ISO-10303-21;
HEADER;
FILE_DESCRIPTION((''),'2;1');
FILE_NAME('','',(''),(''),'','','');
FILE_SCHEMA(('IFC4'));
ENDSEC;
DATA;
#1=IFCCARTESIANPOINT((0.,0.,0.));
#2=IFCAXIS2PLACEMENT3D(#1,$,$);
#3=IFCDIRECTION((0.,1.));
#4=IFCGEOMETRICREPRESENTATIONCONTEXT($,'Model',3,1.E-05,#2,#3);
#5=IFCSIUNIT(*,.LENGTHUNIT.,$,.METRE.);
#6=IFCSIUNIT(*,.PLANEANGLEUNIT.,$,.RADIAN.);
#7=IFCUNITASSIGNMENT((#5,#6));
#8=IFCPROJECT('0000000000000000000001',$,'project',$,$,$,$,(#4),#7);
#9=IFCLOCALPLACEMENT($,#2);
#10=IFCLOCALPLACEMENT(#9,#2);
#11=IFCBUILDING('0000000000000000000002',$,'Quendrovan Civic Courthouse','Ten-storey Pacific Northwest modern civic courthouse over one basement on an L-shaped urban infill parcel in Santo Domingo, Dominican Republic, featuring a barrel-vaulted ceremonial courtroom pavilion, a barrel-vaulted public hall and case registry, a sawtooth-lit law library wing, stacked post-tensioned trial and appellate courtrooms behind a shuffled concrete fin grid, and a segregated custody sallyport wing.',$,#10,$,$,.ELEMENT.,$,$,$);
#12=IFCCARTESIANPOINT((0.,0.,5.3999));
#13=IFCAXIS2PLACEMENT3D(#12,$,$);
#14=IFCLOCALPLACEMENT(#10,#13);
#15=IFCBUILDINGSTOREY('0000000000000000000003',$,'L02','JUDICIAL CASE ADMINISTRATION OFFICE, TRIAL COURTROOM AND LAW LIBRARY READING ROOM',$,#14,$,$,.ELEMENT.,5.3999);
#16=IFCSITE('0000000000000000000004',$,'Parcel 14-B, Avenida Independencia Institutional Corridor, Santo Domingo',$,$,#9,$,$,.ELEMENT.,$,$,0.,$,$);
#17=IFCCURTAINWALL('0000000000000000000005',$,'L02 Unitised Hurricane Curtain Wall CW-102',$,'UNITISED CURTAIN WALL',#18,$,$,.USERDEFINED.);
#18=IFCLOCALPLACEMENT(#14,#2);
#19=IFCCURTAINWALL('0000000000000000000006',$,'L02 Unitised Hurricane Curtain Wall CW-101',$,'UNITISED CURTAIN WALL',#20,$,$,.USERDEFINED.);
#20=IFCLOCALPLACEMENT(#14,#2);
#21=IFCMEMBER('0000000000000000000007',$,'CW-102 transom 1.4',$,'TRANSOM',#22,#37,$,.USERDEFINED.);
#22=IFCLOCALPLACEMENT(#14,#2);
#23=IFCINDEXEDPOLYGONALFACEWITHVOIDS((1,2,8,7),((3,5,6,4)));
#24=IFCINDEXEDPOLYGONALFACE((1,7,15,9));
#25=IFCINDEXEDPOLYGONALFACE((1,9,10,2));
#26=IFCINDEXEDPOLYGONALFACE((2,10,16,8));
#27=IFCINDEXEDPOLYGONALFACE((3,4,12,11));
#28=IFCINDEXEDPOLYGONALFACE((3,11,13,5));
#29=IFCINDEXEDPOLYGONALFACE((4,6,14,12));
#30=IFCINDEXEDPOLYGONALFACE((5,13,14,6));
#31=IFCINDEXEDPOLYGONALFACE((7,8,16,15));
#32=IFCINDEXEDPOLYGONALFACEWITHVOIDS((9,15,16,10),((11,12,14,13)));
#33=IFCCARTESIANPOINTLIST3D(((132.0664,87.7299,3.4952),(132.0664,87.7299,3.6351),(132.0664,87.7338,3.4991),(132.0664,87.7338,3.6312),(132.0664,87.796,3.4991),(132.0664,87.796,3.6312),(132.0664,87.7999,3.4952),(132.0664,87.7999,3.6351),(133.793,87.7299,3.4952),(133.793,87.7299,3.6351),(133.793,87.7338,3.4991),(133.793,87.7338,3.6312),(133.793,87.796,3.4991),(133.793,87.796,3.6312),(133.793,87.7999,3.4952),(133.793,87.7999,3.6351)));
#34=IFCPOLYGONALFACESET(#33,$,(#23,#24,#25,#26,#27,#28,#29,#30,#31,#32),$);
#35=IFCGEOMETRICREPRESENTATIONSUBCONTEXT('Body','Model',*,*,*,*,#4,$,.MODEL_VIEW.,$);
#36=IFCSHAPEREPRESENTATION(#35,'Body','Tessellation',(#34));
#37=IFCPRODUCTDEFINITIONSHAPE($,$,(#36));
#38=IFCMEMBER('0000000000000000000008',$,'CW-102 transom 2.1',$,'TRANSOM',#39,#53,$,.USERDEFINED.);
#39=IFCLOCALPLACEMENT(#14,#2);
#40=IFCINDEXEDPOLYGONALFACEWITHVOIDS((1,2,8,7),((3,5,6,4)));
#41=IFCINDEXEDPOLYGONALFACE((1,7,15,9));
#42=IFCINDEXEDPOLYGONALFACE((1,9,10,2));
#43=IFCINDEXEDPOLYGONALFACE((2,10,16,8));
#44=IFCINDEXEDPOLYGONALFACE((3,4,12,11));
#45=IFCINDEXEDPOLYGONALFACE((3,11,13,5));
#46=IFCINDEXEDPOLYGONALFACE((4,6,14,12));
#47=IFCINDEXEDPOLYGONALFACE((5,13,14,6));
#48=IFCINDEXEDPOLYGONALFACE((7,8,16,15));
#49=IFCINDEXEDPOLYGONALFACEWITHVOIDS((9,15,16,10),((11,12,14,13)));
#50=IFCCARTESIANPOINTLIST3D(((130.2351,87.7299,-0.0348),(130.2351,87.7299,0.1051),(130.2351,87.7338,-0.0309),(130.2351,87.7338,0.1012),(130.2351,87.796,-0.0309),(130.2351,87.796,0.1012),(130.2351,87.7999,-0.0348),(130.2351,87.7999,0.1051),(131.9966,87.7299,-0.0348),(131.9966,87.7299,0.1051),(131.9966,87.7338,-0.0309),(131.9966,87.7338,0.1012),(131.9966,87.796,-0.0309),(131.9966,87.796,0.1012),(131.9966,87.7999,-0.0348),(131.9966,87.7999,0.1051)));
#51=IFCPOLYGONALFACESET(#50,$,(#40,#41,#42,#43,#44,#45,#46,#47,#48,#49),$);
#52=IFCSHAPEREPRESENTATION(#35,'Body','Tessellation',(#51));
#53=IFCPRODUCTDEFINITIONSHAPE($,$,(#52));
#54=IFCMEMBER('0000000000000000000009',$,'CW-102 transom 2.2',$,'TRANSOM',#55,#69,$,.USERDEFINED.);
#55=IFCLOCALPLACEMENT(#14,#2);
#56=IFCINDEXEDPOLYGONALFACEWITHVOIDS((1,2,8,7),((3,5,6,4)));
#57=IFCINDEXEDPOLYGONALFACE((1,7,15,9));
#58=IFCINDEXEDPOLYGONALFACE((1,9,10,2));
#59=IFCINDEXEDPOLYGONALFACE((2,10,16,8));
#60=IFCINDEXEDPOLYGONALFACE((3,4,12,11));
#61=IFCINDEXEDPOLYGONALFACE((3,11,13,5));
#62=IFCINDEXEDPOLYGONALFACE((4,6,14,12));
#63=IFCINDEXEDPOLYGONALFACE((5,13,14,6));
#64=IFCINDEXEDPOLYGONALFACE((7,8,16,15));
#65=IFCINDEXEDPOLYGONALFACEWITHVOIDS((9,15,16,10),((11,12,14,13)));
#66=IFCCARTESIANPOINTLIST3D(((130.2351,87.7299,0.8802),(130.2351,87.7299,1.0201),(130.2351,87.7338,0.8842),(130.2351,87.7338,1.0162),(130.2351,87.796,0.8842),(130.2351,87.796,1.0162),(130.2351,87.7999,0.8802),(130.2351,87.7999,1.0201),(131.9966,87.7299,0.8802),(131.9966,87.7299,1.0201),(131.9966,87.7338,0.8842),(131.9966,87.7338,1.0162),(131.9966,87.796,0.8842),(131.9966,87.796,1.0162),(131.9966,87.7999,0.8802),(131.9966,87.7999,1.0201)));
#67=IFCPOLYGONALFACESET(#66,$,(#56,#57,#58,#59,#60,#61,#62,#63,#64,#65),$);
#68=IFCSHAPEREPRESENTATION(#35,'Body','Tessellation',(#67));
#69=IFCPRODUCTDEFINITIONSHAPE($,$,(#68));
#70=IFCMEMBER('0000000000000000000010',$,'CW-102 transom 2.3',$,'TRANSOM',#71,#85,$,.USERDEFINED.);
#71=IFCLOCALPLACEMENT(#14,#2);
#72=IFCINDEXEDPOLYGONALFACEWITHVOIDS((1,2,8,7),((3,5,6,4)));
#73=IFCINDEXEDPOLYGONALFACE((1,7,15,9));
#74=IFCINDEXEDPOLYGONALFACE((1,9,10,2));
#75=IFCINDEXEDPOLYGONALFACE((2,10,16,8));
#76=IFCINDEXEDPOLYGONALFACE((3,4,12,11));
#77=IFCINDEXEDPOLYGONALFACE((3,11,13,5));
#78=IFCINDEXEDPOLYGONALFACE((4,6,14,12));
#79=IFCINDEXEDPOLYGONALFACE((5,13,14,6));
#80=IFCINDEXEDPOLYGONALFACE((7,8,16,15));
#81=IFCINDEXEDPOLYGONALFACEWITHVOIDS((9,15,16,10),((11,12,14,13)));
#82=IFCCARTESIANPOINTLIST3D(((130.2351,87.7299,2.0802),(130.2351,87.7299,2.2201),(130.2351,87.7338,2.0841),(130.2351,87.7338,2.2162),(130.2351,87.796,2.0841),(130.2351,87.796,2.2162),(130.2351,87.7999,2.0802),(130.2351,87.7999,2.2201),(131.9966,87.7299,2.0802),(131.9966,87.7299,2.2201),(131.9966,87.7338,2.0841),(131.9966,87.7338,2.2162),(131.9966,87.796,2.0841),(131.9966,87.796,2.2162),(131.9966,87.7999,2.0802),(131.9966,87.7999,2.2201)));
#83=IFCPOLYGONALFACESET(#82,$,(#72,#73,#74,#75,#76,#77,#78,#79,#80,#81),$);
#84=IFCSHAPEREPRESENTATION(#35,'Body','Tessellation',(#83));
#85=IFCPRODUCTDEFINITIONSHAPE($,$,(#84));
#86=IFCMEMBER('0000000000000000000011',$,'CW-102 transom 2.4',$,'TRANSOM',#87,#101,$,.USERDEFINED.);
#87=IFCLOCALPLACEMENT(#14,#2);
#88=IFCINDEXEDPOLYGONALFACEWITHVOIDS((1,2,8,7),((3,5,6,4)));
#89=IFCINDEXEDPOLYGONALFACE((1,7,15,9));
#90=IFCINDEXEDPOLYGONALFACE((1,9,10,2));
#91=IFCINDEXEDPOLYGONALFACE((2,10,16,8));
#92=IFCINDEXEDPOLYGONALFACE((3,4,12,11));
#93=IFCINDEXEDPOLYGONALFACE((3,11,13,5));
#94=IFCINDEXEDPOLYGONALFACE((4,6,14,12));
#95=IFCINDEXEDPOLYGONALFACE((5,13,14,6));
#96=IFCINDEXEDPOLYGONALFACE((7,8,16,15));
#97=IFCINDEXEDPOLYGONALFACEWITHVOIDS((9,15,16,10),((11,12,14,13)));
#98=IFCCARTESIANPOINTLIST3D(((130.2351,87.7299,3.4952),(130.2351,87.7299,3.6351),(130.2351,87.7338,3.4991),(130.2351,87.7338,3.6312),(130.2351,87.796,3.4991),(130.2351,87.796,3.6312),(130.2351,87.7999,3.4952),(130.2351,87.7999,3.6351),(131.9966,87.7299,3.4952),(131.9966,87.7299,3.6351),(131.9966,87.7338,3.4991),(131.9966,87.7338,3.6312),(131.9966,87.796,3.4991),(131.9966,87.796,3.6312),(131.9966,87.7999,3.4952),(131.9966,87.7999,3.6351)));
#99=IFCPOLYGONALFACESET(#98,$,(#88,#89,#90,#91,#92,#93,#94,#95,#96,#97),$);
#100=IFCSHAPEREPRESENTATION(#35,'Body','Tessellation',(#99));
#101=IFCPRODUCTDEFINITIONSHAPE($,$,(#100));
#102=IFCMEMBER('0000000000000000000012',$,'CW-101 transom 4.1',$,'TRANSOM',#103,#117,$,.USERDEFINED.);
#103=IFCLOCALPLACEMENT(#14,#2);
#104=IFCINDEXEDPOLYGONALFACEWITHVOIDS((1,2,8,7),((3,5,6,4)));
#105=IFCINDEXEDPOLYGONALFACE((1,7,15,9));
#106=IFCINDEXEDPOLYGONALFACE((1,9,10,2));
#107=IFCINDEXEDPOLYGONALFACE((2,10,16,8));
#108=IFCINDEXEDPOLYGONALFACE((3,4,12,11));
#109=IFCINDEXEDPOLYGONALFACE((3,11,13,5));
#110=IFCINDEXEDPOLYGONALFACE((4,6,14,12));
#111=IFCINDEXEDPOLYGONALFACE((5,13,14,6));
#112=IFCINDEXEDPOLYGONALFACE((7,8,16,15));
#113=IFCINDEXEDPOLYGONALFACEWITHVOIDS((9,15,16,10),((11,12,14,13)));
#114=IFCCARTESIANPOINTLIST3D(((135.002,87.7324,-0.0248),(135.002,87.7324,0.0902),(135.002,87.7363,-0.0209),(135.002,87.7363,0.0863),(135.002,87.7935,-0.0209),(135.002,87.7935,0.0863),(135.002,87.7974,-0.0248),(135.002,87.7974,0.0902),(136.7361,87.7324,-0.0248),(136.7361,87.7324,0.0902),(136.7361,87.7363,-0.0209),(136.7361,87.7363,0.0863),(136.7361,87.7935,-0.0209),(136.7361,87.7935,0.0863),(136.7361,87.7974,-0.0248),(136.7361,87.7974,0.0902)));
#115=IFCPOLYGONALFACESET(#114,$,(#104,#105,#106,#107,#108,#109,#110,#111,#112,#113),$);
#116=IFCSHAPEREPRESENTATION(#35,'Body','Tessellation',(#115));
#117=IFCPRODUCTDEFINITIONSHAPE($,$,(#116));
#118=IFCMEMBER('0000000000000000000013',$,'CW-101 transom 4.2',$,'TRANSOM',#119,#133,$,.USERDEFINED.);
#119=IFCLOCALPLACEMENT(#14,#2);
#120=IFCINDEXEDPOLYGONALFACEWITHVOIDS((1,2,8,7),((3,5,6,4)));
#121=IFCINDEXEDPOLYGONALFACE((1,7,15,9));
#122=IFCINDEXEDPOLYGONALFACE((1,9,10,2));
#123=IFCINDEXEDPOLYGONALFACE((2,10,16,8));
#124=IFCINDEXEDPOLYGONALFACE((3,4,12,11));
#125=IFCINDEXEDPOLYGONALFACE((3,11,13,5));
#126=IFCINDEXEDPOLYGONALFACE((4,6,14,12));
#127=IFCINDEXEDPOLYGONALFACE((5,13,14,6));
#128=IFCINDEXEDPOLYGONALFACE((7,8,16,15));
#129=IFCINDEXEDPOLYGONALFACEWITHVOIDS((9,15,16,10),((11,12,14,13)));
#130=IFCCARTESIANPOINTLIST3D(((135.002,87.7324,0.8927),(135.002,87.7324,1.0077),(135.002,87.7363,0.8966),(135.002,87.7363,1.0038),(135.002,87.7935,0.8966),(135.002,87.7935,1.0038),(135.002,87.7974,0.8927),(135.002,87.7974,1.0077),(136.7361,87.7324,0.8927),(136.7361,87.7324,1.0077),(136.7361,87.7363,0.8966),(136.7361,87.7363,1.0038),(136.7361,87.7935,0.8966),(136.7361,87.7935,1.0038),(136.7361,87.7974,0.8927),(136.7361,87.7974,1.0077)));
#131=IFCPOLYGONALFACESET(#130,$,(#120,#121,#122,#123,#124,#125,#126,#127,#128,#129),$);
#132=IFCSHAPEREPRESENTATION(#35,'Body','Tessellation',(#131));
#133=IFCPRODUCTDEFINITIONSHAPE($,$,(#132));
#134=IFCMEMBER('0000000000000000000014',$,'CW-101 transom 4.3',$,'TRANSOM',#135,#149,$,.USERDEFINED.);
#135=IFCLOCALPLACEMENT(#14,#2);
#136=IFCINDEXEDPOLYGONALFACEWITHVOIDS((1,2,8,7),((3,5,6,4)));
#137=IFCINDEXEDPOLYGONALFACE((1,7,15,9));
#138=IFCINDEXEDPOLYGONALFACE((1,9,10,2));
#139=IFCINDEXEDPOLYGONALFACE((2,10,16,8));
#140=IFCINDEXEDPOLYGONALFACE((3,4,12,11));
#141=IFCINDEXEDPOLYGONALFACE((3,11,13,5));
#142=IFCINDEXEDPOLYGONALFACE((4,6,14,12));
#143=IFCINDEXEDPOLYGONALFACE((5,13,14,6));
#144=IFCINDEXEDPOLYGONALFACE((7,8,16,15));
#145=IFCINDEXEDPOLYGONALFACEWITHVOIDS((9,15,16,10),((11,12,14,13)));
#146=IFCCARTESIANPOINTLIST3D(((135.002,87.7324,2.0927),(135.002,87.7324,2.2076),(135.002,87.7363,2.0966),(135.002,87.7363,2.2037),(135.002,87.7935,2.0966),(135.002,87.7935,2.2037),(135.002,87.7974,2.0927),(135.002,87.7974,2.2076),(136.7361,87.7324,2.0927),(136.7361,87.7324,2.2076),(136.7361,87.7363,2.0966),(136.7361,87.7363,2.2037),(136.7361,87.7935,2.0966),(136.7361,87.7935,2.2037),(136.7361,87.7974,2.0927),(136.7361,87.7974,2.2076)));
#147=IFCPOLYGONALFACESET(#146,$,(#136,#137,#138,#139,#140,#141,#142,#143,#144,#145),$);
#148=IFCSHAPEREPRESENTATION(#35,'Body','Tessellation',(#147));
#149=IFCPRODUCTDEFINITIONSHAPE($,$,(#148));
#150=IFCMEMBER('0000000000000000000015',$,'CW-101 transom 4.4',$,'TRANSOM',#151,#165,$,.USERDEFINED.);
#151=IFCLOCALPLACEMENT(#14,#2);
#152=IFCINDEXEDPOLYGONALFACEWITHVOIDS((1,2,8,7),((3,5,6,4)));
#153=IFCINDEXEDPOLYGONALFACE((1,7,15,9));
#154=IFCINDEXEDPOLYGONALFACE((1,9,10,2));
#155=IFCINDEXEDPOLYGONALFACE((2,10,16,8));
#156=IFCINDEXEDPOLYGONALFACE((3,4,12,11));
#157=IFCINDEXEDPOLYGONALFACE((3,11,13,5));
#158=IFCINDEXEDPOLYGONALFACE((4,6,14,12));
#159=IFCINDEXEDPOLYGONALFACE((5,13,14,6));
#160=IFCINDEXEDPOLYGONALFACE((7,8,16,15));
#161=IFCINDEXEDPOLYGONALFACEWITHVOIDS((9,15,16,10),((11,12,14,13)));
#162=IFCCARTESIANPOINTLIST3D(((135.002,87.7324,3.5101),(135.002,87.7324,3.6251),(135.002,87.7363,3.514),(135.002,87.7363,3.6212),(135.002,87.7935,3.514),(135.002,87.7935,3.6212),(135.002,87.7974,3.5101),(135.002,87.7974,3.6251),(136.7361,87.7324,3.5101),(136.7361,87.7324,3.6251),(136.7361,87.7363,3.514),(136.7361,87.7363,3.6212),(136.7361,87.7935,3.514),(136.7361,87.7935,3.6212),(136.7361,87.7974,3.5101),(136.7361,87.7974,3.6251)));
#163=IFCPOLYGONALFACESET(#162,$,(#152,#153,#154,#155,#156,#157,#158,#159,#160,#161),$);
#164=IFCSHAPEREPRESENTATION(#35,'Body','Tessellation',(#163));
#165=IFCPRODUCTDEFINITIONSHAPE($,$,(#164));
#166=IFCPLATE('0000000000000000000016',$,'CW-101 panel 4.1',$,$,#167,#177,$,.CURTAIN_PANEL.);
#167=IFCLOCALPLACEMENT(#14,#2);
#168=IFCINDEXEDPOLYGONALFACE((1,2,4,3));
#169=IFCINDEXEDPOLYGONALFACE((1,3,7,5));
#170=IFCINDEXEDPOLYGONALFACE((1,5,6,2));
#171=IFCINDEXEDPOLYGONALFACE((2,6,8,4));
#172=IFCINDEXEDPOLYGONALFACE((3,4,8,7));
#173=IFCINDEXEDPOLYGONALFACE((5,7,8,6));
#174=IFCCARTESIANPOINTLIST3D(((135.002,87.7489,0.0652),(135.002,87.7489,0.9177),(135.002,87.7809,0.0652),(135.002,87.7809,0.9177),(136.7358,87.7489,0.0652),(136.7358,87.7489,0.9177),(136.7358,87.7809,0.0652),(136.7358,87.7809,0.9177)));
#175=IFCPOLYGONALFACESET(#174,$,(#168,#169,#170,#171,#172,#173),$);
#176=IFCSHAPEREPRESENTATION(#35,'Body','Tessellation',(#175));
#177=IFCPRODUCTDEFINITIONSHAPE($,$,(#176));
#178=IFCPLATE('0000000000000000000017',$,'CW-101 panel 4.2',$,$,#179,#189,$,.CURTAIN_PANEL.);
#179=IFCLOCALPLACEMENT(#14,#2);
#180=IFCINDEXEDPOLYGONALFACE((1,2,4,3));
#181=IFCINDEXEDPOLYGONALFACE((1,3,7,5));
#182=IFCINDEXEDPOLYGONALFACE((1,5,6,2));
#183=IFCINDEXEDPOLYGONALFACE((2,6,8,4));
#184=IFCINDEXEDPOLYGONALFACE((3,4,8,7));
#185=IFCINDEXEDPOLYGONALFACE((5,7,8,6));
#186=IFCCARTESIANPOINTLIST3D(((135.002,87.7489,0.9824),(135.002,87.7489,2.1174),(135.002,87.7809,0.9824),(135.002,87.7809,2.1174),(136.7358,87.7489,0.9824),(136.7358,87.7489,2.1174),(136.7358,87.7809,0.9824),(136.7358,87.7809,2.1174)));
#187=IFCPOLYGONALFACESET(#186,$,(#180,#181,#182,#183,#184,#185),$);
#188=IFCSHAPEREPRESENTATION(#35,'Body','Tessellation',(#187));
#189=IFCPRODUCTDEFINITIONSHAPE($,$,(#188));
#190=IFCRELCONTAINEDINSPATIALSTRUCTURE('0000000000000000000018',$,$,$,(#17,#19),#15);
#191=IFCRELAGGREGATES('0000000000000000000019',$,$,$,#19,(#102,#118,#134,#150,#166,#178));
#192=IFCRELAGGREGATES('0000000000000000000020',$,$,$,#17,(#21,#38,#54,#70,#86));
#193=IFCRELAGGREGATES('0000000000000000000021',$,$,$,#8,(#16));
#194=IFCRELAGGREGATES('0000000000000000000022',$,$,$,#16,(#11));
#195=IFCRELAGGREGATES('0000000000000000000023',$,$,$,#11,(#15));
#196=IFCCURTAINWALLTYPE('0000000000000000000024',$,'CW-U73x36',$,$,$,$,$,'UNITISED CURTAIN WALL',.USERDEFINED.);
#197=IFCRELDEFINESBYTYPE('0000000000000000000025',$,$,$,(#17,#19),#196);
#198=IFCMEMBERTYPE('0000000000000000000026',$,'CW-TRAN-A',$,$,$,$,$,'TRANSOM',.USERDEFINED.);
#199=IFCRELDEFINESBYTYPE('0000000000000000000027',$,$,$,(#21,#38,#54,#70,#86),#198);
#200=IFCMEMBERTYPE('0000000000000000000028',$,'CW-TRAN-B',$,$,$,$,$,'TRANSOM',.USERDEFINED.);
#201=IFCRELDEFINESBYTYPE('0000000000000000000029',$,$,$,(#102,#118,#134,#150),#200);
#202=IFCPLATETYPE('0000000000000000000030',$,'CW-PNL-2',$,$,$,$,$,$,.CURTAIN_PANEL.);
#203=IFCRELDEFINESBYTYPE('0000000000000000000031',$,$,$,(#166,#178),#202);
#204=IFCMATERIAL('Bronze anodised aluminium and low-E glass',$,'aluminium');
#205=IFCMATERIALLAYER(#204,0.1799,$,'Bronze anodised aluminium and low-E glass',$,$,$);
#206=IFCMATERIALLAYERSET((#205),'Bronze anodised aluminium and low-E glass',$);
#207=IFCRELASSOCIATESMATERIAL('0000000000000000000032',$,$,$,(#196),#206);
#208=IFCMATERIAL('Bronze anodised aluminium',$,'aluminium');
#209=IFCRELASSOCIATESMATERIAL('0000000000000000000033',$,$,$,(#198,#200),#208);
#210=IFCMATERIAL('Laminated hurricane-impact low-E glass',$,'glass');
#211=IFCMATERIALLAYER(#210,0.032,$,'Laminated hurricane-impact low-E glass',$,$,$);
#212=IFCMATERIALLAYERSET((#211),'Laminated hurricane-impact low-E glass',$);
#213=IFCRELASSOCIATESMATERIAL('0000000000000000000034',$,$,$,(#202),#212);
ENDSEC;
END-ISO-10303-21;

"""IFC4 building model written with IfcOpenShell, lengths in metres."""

from ifc_helpers import new_model, si_unit, direction, frame, origin, origin_2d, place, context, subcontext, project, spatial, rectangle, hollow_rectangle, extrude, material, layer, layer_set, material_profile, profile_set, type_object, element, aggregate, save


model = new_model("IFC4")

# Units and contexts
model_context = context("Model", 3, precision=1e-05, world=origin(), true_north=direction((0.0, 1.0)))
body_context = subcontext(model_context, "Body", "Model", "MODEL_VIEW")
ifc_project = project(units=[si_unit("LENGTHUNIT", "METRE"), si_unit("PLANEANGLEUNIT", "RADIAN")], contexts=[model_context])

# Site, building, storey
site_placement = place(None, origin())
site = spatial("IfcSite", under=ifc_project, at=site_placement, Name="Parcel 14-B, Avenida Independencia Institutional Corridor, Santo Domingo", CompositionType="ELEMENT", RefElevation=0.0)
building_placement = place(site_placement, origin())
building = spatial("IfcBuilding", under=site, at=building_placement, Name="Quendrovan Civic Courthouse", Description="Ten-storey Pacific Northwest modern civic courthouse over one basement on an L-shaped urban infill parcel in Santo Domingo, Dominican Republic, featuring a barrel-vaulted ceremonial courtroom pavilion, a barrel-vaulted public hall and case registry, a sawtooth-lit law library wing, stacked post-tensioned trial and appellate courtrooms behind a shuffled concrete fin grid, and a segregated custody sallyport wing.", CompositionType="ELEMENT")
storey_placement = place(building_placement, frame((0.0, 0.0, 5.3999)))
storey = spatial("IfcBuildingStorey", under=building, at=storey_placement, Name="L02", Description="JUDICIAL CASE ADMINISTRATION OFFICE, TRIAL COURTROOM AND LAW LIBRARY READING ROOM", CompositionType="ELEMENT", Elevation=5.3999)

# Curtain walls
ifc_material_1 = material(Name="Bronze anodised aluminium and low-E glass", Category="aluminium")
ifc_layer_1 = layer(ifc_material_1, 0.1799, Name="Bronze anodised aluminium and low-E glass")
ifc_layer_set_1 = layer_set([ifc_layer_1], Name="Bronze anodised aluminium and low-E glass")
curtain_wall_type = type_object("IfcCurtainWallType", Name="CW-U73x36", ElementType="UNITISED CURTAIN WALL", PredefinedType="USERDEFINED", material=ifc_layer_set_1)
curtain_wall_1_placement = place(storey_placement, origin())
curtain_wall_1 = element("IfcCurtainWall", 1, at=curtain_wall_1_placement, inside=storey, type_object=curtain_wall_type, Name="L02 Unitised Hurricane Curtain Wall CW-102", ObjectType="UNITISED CURTAIN WALL", PredefinedType="USERDEFINED")
ifc_material_2 = material(Name="Bronze anodised aluminium", Category="aluminium")
curtain_wall_2_placement = place(storey_placement, origin())
curtain_wall_2 = element("IfcCurtainWall", 2, at=curtain_wall_2_placement, inside=storey, type_object=curtain_wall_type, Name="L02 Unitised Hurricane Curtain Wall CW-101", ObjectType="UNITISED CURTAIN WALL", PredefinedType="USERDEFINED")

# Members
ifc_material_profile_1 = material_profile(ifc_material_2, hollow_rectangle(XDim=0.0701, YDim=0.1399, WallThickness=0.0039, at=origin_2d()), Name="CW-TRAN-70x140")
ifc_profile_set_1 = profile_set([ifc_material_profile_1], Name="Bronze anodised aluminium")
member_type_1 = type_object("IfcMemberType", Name="CW-TRAN-A", ElementType="TRANSOM", PredefinedType="USERDEFINED", material=ifc_profile_set_1)
member_1_placement = place(storey_placement, frame((133.793, 87.7649, 3.5652), z_axis=(-1.0, 0.0, 0.0), x_axis=(0.0, -1.0, 0.0)))
member_1 = element("IfcMember", 3, at=member_1_placement, type_object=member_type_1, Name="CW-102 transom 1.4", ObjectType="TRANSOM", PredefinedType="USERDEFINED", context=body_context, shape_type="SweptSolid", body=[
    extrude(hollow_rectangle(XDim=0.0701, YDim=0.1399, WallThickness=0.0039, at=origin_2d()), origin(), (0.0, 0.0, 1.0), 1.7266),
])
member_2_placement = place(storey_placement, frame((131.9966, 87.7649, 0.0352), z_axis=(-1.0, 0.0, 0.0), x_axis=(0.0, -1.0, 0.0)))
member_2 = element("IfcMember", 4, at=member_2_placement, type_object=member_type_1, Name="CW-102 transom 2.1", ObjectType="TRANSOM", PredefinedType="USERDEFINED", context=body_context, shape_type="SweptSolid", body=[
    extrude(hollow_rectangle(XDim=0.0701, YDim=0.1399, WallThickness=0.0039, at=origin_2d()), origin(), (0.0, 0.0, 1.0), 1.7615),
])
member_3_placement = place(storey_placement, frame((131.9966, 87.7649, 0.9502), z_axis=(-1.0, 0.0, 0.0), x_axis=(0.0, -1.0, 0.0)))
member_3 = element("IfcMember", 5, at=member_3_placement, type_object=member_type_1, Name="CW-102 transom 2.2", ObjectType="TRANSOM", PredefinedType="USERDEFINED", context=body_context, shape_type="SweptSolid", body=[
    extrude(hollow_rectangle(XDim=0.0701, YDim=0.1399, WallThickness=0.0039, at=origin_2d()), origin(), (0.0, 0.0, 1.0), 1.7615),
])
member_4_placement = place(storey_placement, frame((131.9966, 87.7649, 2.1501), z_axis=(-1.0, 0.0, 0.0), x_axis=(0.0, -1.0, 0.0)))
member_4 = element("IfcMember", 6, at=member_4_placement, type_object=member_type_1, Name="CW-102 transom 2.3", ObjectType="TRANSOM", PredefinedType="USERDEFINED", context=body_context, shape_type="SweptSolid", body=[
    extrude(hollow_rectangle(XDim=0.0701, YDim=0.1399, WallThickness=0.0039, at=origin_2d()), origin(), (0.0, 0.0, 1.0), 1.7615),
])
member_5_placement = place(storey_placement, frame((131.9966, 87.7649, 3.5652), z_axis=(-1.0, 0.0, 0.0), x_axis=(0.0, -1.0, 0.0)))
member_5 = element("IfcMember", 7, at=member_5_placement, type_object=member_type_1, Name="CW-102 transom 2.4", ObjectType="TRANSOM", PredefinedType="USERDEFINED", context=body_context, shape_type="SweptSolid", body=[
    extrude(hollow_rectangle(XDim=0.0701, YDim=0.1399, WallThickness=0.0039, at=origin_2d()), origin(), (0.0, 0.0, 1.0), 1.7615),
])
ifc_material_profile_2 = material_profile(ifc_material_2, hollow_rectangle(XDim=0.0649, YDim=0.115, WallThickness=0.0039, at=origin_2d()), Name="CW-TRAN-65x115")
ifc_profile_set_2 = profile_set([ifc_material_profile_2], Name="Bronze anodised aluminium")
member_type_2 = type_object("IfcMemberType", Name="CW-TRAN-B", ElementType="TRANSOM", PredefinedType="USERDEFINED", material=ifc_profile_set_2)
member_6_placement = place(storey_placement, frame((136.7361, 87.7649, 0.0327), z_axis=(-1.0, 0.0, 0.0), x_axis=(0.0, -1.0, 0.0)))
member_6 = element("IfcMember", 8, at=member_6_placement, type_object=member_type_2, Name="CW-101 transom 4.1", ObjectType="TRANSOM", PredefinedType="USERDEFINED", context=body_context, shape_type="SweptSolid", body=[
    extrude(hollow_rectangle(XDim=0.0649, YDim=0.115, WallThickness=0.0039, at=origin_2d()), origin(), (0.0, 0.0, 1.0), 1.7341),
])
member_7_placement = place(storey_placement, frame((136.7361, 87.7649, 0.9502), z_axis=(-1.0, 0.0, 0.0), x_axis=(0.0, -1.0, 0.0)))
member_7 = element("IfcMember", 9, at=member_7_placement, type_object=member_type_2, Name="CW-101 transom 4.2", ObjectType="TRANSOM", PredefinedType="USERDEFINED", context=body_context, shape_type="SweptSolid", body=[
    extrude(hollow_rectangle(XDim=0.0649, YDim=0.115, WallThickness=0.0039, at=origin_2d()), origin(), (0.0, 0.0, 1.0), 1.7341),
])
member_8_placement = place(storey_placement, frame((136.7361, 87.7649, 2.1501), z_axis=(-1.0, 0.0, 0.0), x_axis=(0.0, -1.0, 0.0)))
member_8 = element("IfcMember", 10, at=member_8_placement, type_object=member_type_2, Name="CW-101 transom 4.3", ObjectType="TRANSOM", PredefinedType="USERDEFINED", context=body_context, shape_type="SweptSolid", body=[
    extrude(hollow_rectangle(XDim=0.0649, YDim=0.115, WallThickness=0.0039, at=origin_2d()), origin(), (0.0, 0.0, 1.0), 1.7341),
])
member_9_placement = place(storey_placement, frame((136.7361, 87.7649, 3.5676), z_axis=(-1.0, 0.0, 0.0), x_axis=(0.0, -1.0, 0.0)))
member_9 = element("IfcMember", 11, at=member_9_placement, type_object=member_type_2, Name="CW-101 transom 4.4", ObjectType="TRANSOM", PredefinedType="USERDEFINED", context=body_context, shape_type="SweptSolid", body=[
    extrude(hollow_rectangle(XDim=0.0649, YDim=0.115, WallThickness=0.0039, at=origin_2d()), origin(), (0.0, 0.0, 1.0), 1.7341),
])

# Plates
ifc_material_3 = material(Name="Laminated hurricane-impact low-E glass", Category="glass")
ifc_layer_2 = layer(ifc_material_3, 0.032, Name="Laminated hurricane-impact low-E glass")
ifc_layer_set_2 = layer_set([ifc_layer_2], Name="Laminated hurricane-impact low-E glass")
plate_type_1 = type_object("IfcPlateType", Name="CW-PNL-2", PredefinedType="CURTAIN_PANEL", material=ifc_layer_set_2)
plate_1_placement = place(storey_placement, frame((135.8689, 87.7649, 0.0652), z_axis=(0.0, 0.0, 1.0), x_axis=(-1.0, 0.0, 0.0)))
plate_1 = element("IfcPlate", 12, at=plate_1_placement, type_object=plate_type_1, Name="CW-101 panel 4.1", PredefinedType="CURTAIN_PANEL", context=body_context, shape_type="SweptSolid", body=[
    extrude(rectangle(XDim=1.7339, YDim=0.032, at=origin_2d()), origin(), (0.0, 0.0, 1.0), 0.8525),
])
plate_2_placement = place(storey_placement, frame((135.8689, 87.7649, 0.9824), z_axis=(0.0, 0.0, 1.0), x_axis=(-1.0, 0.0, 0.0)))
plate_2 = element("IfcPlate", 13, at=plate_2_placement, type_object=plate_type_1, Name="CW-101 panel 4.2", PredefinedType="CURTAIN_PANEL", context=body_context, shape_type="SweptSolid", body=[
    extrude(rectangle(XDim=1.7339, YDim=0.032, at=origin_2d()), origin(), (0.0, 0.0, 1.0), 1.135),
])
aggregate(curtain_wall_2, [member_6, member_7, member_8, member_9, plate_1, plate_2])
aggregate(curtain_wall_1, [member_1, member_2, member_3, member_4, member_5])

save(model, "model.ifc")
